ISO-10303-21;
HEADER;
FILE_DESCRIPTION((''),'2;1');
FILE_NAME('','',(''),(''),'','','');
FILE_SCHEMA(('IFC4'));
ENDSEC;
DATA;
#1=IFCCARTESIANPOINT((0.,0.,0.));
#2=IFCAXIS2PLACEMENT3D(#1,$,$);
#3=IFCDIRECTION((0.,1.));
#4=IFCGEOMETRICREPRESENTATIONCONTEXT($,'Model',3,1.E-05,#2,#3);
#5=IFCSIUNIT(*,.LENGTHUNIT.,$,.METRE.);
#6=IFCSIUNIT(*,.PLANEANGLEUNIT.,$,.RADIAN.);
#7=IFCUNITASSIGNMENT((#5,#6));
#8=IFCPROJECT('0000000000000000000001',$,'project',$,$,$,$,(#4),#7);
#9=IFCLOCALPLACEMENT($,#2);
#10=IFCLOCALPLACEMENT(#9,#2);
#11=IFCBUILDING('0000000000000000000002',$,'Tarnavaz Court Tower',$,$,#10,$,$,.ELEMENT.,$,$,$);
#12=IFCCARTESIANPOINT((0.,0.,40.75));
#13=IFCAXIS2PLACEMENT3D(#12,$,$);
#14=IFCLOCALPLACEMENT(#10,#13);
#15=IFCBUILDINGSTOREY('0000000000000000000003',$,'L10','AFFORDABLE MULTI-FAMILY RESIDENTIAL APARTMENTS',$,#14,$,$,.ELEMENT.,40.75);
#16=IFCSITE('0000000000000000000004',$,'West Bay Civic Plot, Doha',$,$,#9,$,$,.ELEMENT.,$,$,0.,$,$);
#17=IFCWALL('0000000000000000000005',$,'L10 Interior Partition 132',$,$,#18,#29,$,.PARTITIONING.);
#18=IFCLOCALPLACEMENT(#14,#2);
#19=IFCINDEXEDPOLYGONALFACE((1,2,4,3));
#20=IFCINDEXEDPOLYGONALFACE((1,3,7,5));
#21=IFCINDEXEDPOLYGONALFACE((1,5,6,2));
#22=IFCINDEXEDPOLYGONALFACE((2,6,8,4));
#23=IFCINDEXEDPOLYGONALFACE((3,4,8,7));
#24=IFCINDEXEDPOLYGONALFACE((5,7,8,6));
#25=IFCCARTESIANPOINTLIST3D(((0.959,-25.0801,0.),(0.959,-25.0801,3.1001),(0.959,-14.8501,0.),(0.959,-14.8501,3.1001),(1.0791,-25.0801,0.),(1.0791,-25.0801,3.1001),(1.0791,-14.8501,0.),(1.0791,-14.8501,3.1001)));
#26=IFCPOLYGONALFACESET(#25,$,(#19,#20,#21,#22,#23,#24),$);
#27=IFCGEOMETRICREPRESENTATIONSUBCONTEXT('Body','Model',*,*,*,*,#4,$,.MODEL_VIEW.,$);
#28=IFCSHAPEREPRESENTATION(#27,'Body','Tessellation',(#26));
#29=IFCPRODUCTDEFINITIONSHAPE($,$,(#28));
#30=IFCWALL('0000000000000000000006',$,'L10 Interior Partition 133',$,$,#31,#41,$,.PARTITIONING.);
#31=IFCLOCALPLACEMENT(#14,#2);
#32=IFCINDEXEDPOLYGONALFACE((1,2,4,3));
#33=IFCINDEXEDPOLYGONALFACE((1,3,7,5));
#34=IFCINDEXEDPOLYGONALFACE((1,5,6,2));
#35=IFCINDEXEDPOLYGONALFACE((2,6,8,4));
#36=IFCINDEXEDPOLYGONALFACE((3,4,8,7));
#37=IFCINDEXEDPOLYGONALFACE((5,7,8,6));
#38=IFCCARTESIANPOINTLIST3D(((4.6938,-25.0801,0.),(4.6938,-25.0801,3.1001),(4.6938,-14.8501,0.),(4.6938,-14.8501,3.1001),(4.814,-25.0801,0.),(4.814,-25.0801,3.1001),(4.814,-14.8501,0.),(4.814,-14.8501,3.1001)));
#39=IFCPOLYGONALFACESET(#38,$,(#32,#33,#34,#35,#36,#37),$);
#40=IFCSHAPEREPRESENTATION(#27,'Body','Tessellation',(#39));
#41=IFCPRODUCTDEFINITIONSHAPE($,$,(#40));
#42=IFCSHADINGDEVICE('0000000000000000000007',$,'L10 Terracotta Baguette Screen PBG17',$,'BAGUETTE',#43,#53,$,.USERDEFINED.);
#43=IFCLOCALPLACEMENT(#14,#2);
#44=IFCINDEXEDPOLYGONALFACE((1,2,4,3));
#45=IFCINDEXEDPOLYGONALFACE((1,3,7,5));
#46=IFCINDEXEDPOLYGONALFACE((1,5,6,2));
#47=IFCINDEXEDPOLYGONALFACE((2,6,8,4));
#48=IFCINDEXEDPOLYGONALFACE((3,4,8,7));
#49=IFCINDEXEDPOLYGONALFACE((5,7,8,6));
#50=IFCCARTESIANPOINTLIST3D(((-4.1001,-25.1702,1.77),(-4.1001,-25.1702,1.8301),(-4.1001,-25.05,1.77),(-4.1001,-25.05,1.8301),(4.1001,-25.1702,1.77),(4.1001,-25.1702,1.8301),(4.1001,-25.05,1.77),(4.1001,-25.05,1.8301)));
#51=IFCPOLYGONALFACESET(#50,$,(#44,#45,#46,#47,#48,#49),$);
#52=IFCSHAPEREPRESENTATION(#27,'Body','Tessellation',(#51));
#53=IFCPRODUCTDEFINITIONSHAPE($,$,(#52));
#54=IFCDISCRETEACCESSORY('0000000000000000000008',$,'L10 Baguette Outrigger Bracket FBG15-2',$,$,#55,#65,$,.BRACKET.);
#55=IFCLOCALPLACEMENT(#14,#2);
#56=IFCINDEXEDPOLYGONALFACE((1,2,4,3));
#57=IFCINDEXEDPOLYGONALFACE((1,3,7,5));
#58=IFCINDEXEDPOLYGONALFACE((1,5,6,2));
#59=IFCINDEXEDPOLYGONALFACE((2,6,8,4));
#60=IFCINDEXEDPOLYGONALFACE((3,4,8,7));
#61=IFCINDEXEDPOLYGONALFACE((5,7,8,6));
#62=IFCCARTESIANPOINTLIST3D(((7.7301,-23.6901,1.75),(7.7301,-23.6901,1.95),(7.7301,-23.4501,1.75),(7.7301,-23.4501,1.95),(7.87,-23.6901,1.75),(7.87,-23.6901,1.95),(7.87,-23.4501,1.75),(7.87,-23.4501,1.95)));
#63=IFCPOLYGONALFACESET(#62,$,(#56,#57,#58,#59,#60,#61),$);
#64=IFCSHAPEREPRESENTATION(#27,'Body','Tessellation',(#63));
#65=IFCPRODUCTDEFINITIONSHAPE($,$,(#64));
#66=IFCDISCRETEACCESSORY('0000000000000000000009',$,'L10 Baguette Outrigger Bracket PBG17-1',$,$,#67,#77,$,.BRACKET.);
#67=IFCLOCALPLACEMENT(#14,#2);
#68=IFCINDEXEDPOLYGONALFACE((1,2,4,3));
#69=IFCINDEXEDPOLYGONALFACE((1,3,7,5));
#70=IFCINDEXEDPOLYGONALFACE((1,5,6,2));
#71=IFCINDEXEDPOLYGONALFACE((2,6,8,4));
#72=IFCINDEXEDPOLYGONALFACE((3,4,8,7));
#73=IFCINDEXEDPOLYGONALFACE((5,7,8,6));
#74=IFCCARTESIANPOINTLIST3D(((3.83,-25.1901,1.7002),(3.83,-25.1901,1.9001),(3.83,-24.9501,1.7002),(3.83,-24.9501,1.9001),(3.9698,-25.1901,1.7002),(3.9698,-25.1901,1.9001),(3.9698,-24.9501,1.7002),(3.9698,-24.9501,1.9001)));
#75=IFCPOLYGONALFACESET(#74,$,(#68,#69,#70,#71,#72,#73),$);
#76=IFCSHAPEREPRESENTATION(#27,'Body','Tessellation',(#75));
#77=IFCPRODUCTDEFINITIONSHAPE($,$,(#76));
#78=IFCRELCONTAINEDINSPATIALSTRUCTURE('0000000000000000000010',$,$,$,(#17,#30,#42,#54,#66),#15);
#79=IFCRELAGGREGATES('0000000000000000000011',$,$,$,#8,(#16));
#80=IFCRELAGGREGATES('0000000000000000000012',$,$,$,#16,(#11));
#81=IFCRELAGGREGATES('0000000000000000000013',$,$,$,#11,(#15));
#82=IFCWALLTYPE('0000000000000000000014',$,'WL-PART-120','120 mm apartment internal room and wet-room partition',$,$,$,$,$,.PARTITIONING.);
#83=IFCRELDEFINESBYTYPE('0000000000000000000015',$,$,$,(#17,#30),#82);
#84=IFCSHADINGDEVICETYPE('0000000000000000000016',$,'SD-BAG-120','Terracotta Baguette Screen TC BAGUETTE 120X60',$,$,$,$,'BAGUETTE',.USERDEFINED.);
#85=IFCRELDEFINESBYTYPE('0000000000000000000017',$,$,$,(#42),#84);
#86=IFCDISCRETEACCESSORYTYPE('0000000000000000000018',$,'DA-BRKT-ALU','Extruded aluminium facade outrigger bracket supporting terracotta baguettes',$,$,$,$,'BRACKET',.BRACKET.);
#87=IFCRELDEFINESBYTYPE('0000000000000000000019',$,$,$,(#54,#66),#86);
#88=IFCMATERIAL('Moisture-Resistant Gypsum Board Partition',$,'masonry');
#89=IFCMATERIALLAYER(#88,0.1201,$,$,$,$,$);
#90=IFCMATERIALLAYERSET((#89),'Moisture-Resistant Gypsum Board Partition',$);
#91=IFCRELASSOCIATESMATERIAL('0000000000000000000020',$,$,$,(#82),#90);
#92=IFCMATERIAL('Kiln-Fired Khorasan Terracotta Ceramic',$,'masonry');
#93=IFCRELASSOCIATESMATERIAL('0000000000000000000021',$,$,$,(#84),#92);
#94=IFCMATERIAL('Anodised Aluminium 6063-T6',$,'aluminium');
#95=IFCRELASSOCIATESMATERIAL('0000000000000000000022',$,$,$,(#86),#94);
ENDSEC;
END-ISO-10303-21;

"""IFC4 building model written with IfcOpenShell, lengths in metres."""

from ifc_helpers import new_model, si_unit, direction, frame, frame_2d, origin, origin_2d, place, context, subcontext, project, spatial, rectangle, extrude, material, layer, layer_set, material_profile, profile_set, type_object, element, save


model = new_model("IFC4")

# Units and contexts
model_context = context("Model", 3, precision=1e-05, world=origin(), true_north=direction((0.0, 1.0)))
body_context = subcontext(model_context, "Body", "Model", "MODEL_VIEW")
ifc_project = project(units=[si_unit("LENGTHUNIT", "METRE"), si_unit("PLANEANGLEUNIT", "RADIAN")], contexts=[model_context])

# Site, building, storey
site_placement = place(None, origin())
site = spatial("IfcSite", under=ifc_project, at=site_placement, Name="West Bay Civic Plot, Doha", CompositionType="ELEMENT", RefElevation=0.0)
building_placement = place(site_placement, origin())
building = spatial("IfcBuilding", under=site, at=building_placement, Name="Tarnavaz Court Tower", CompositionType="ELEMENT")
storey_placement = place(building_placement, frame((0.0, 0.0, 40.75)))
storey = spatial("IfcBuildingStorey", under=building, at=storey_placement, Name="L10", Description="AFFORDABLE MULTI-FAMILY RESIDENTIAL APARTMENTS", CompositionType="ELEMENT", Elevation=40.75)

# Shared definitions
ifc_material_1 = material(Name="Anodised Aluminium 6063-T6", Category="aluminium")

# Shared definitions
ifc_material_2 = material(Name="Moisture-Resistant Gypsum Board Partition", Category="masonry")
ifc_layer_1 = layer(ifc_material_2, 0.1201)
ifc_layer_set_1 = layer_set([ifc_layer_1], Name="Moisture-Resistant Gypsum Board Partition")
wall_type_1 = type_object("IfcWallType", Name="WL-PART-120", Description="120 mm apartment internal room and wet-room partition", PredefinedType="PARTITIONING", material=ifc_layer_set_1)

# Walls
for number, where, z_axis, x_axis, name in (
    (1, (1.019, -25.0801, 0.0), (0.0, 0.0, 1.0), (0.0, 1.0, 0.0), "L10 Interior Partition 132"),
    (2, (4.7539, -25.0801, 0.0), (0.0, 0.0, 1.0), (0.0, 1.0, 0.0), "L10 Interior Partition 133"),
):
    element("IfcWall", number, at=place(storey_placement, frame(where, z_axis=z_axis, x_axis=x_axis)), inside=storey, type_object=wall_type_1, Name=name, PredefinedType="PARTITIONING", context=body_context, shape_type="SweptSolid", body=[
        extrude(rectangle(XDim=10.23, YDim=0.1201, at=frame_2d((5.115, 0.0))), origin(), (0.0, 0.0, 1.0), 3.1001),
    ])

# Shading device
ifc_material_3 = material(Name="Kiln-Fired Khorasan Terracotta Ceramic", Category="masonry")
ifc_material_profile_1 = material_profile(ifc_material_3, rectangle(XDim=0.1201, YDim=0.0601, at=origin_2d()), Name="TC BAGUETTE 120X60")
ifc_profile_set_1 = profile_set([ifc_material_profile_1], Name="Kiln-Fired Khorasan Terracotta Ceramic")
shading_device_type = type_object("IfcShadingDeviceType", Name="SD-BAG-120", Description="Terracotta Baguette Screen TC BAGUETTE 120X60", ElementType="BAGUETTE", PredefinedType="USERDEFINED", material=ifc_profile_set_1)
shading_device_placement = place(storey_placement, frame((4.1001, -25.1101, 1.8), z_axis=(-1.0, 0.0, 0.0), x_axis=(0.0, -1.0, 0.0)))
element("IfcShadingDevice", 3, at=shading_device_placement, inside=storey, type_object=shading_device_type, Name="L10 Terracotta Baguette Screen PBG17", ObjectType="BAGUETTE", PredefinedType="USERDEFINED", context=body_context, shape_type="SweptSolid", body=[
    extrude(rectangle(XDim=0.1201, YDim=0.0601, at=origin_2d()), origin(), (0.0, 0.0, 1.0), 8.2002),
])

# Discrete accessories
discrete_accessory_type = type_object("IfcDiscreteAccessoryType", Name="DA-BRKT-ALU", Description="Extruded aluminium facade outrigger bracket supporting terracotta baguettes", ElementType="BRACKET", PredefinedType="BRACKET", material=ifc_material_1)
for number, where, z_axis, x_axis, name in (
    (4, (7.8, -23.5701, 1.75), (0.0, 0.0, 1.0), (-1.0, 0.0, 0.0), "L10 Baguette Outrigger Bracket FBG15-2"),
    (5, (3.8999, -25.0701, 1.7002), (0.0, 0.0, 1.0), (-1.0, 0.0, 0.0), "L10 Baguette Outrigger Bracket PBG17-1"),
):
    element("IfcDiscreteAccessory", number, at=place(storey_placement, frame(where, z_axis=z_axis, x_axis=x_axis)), inside=storey, type_object=discrete_accessory_type, Name=name, PredefinedType="BRACKET", context=body_context, shape_type="SweptSolid", body=[
        extrude(rectangle(XDim=0.1399, YDim=0.24, at=origin_2d()), origin(), (0.0, 0.0, 1.0), 0.2),
    ])

save(model, "model.ifc")
